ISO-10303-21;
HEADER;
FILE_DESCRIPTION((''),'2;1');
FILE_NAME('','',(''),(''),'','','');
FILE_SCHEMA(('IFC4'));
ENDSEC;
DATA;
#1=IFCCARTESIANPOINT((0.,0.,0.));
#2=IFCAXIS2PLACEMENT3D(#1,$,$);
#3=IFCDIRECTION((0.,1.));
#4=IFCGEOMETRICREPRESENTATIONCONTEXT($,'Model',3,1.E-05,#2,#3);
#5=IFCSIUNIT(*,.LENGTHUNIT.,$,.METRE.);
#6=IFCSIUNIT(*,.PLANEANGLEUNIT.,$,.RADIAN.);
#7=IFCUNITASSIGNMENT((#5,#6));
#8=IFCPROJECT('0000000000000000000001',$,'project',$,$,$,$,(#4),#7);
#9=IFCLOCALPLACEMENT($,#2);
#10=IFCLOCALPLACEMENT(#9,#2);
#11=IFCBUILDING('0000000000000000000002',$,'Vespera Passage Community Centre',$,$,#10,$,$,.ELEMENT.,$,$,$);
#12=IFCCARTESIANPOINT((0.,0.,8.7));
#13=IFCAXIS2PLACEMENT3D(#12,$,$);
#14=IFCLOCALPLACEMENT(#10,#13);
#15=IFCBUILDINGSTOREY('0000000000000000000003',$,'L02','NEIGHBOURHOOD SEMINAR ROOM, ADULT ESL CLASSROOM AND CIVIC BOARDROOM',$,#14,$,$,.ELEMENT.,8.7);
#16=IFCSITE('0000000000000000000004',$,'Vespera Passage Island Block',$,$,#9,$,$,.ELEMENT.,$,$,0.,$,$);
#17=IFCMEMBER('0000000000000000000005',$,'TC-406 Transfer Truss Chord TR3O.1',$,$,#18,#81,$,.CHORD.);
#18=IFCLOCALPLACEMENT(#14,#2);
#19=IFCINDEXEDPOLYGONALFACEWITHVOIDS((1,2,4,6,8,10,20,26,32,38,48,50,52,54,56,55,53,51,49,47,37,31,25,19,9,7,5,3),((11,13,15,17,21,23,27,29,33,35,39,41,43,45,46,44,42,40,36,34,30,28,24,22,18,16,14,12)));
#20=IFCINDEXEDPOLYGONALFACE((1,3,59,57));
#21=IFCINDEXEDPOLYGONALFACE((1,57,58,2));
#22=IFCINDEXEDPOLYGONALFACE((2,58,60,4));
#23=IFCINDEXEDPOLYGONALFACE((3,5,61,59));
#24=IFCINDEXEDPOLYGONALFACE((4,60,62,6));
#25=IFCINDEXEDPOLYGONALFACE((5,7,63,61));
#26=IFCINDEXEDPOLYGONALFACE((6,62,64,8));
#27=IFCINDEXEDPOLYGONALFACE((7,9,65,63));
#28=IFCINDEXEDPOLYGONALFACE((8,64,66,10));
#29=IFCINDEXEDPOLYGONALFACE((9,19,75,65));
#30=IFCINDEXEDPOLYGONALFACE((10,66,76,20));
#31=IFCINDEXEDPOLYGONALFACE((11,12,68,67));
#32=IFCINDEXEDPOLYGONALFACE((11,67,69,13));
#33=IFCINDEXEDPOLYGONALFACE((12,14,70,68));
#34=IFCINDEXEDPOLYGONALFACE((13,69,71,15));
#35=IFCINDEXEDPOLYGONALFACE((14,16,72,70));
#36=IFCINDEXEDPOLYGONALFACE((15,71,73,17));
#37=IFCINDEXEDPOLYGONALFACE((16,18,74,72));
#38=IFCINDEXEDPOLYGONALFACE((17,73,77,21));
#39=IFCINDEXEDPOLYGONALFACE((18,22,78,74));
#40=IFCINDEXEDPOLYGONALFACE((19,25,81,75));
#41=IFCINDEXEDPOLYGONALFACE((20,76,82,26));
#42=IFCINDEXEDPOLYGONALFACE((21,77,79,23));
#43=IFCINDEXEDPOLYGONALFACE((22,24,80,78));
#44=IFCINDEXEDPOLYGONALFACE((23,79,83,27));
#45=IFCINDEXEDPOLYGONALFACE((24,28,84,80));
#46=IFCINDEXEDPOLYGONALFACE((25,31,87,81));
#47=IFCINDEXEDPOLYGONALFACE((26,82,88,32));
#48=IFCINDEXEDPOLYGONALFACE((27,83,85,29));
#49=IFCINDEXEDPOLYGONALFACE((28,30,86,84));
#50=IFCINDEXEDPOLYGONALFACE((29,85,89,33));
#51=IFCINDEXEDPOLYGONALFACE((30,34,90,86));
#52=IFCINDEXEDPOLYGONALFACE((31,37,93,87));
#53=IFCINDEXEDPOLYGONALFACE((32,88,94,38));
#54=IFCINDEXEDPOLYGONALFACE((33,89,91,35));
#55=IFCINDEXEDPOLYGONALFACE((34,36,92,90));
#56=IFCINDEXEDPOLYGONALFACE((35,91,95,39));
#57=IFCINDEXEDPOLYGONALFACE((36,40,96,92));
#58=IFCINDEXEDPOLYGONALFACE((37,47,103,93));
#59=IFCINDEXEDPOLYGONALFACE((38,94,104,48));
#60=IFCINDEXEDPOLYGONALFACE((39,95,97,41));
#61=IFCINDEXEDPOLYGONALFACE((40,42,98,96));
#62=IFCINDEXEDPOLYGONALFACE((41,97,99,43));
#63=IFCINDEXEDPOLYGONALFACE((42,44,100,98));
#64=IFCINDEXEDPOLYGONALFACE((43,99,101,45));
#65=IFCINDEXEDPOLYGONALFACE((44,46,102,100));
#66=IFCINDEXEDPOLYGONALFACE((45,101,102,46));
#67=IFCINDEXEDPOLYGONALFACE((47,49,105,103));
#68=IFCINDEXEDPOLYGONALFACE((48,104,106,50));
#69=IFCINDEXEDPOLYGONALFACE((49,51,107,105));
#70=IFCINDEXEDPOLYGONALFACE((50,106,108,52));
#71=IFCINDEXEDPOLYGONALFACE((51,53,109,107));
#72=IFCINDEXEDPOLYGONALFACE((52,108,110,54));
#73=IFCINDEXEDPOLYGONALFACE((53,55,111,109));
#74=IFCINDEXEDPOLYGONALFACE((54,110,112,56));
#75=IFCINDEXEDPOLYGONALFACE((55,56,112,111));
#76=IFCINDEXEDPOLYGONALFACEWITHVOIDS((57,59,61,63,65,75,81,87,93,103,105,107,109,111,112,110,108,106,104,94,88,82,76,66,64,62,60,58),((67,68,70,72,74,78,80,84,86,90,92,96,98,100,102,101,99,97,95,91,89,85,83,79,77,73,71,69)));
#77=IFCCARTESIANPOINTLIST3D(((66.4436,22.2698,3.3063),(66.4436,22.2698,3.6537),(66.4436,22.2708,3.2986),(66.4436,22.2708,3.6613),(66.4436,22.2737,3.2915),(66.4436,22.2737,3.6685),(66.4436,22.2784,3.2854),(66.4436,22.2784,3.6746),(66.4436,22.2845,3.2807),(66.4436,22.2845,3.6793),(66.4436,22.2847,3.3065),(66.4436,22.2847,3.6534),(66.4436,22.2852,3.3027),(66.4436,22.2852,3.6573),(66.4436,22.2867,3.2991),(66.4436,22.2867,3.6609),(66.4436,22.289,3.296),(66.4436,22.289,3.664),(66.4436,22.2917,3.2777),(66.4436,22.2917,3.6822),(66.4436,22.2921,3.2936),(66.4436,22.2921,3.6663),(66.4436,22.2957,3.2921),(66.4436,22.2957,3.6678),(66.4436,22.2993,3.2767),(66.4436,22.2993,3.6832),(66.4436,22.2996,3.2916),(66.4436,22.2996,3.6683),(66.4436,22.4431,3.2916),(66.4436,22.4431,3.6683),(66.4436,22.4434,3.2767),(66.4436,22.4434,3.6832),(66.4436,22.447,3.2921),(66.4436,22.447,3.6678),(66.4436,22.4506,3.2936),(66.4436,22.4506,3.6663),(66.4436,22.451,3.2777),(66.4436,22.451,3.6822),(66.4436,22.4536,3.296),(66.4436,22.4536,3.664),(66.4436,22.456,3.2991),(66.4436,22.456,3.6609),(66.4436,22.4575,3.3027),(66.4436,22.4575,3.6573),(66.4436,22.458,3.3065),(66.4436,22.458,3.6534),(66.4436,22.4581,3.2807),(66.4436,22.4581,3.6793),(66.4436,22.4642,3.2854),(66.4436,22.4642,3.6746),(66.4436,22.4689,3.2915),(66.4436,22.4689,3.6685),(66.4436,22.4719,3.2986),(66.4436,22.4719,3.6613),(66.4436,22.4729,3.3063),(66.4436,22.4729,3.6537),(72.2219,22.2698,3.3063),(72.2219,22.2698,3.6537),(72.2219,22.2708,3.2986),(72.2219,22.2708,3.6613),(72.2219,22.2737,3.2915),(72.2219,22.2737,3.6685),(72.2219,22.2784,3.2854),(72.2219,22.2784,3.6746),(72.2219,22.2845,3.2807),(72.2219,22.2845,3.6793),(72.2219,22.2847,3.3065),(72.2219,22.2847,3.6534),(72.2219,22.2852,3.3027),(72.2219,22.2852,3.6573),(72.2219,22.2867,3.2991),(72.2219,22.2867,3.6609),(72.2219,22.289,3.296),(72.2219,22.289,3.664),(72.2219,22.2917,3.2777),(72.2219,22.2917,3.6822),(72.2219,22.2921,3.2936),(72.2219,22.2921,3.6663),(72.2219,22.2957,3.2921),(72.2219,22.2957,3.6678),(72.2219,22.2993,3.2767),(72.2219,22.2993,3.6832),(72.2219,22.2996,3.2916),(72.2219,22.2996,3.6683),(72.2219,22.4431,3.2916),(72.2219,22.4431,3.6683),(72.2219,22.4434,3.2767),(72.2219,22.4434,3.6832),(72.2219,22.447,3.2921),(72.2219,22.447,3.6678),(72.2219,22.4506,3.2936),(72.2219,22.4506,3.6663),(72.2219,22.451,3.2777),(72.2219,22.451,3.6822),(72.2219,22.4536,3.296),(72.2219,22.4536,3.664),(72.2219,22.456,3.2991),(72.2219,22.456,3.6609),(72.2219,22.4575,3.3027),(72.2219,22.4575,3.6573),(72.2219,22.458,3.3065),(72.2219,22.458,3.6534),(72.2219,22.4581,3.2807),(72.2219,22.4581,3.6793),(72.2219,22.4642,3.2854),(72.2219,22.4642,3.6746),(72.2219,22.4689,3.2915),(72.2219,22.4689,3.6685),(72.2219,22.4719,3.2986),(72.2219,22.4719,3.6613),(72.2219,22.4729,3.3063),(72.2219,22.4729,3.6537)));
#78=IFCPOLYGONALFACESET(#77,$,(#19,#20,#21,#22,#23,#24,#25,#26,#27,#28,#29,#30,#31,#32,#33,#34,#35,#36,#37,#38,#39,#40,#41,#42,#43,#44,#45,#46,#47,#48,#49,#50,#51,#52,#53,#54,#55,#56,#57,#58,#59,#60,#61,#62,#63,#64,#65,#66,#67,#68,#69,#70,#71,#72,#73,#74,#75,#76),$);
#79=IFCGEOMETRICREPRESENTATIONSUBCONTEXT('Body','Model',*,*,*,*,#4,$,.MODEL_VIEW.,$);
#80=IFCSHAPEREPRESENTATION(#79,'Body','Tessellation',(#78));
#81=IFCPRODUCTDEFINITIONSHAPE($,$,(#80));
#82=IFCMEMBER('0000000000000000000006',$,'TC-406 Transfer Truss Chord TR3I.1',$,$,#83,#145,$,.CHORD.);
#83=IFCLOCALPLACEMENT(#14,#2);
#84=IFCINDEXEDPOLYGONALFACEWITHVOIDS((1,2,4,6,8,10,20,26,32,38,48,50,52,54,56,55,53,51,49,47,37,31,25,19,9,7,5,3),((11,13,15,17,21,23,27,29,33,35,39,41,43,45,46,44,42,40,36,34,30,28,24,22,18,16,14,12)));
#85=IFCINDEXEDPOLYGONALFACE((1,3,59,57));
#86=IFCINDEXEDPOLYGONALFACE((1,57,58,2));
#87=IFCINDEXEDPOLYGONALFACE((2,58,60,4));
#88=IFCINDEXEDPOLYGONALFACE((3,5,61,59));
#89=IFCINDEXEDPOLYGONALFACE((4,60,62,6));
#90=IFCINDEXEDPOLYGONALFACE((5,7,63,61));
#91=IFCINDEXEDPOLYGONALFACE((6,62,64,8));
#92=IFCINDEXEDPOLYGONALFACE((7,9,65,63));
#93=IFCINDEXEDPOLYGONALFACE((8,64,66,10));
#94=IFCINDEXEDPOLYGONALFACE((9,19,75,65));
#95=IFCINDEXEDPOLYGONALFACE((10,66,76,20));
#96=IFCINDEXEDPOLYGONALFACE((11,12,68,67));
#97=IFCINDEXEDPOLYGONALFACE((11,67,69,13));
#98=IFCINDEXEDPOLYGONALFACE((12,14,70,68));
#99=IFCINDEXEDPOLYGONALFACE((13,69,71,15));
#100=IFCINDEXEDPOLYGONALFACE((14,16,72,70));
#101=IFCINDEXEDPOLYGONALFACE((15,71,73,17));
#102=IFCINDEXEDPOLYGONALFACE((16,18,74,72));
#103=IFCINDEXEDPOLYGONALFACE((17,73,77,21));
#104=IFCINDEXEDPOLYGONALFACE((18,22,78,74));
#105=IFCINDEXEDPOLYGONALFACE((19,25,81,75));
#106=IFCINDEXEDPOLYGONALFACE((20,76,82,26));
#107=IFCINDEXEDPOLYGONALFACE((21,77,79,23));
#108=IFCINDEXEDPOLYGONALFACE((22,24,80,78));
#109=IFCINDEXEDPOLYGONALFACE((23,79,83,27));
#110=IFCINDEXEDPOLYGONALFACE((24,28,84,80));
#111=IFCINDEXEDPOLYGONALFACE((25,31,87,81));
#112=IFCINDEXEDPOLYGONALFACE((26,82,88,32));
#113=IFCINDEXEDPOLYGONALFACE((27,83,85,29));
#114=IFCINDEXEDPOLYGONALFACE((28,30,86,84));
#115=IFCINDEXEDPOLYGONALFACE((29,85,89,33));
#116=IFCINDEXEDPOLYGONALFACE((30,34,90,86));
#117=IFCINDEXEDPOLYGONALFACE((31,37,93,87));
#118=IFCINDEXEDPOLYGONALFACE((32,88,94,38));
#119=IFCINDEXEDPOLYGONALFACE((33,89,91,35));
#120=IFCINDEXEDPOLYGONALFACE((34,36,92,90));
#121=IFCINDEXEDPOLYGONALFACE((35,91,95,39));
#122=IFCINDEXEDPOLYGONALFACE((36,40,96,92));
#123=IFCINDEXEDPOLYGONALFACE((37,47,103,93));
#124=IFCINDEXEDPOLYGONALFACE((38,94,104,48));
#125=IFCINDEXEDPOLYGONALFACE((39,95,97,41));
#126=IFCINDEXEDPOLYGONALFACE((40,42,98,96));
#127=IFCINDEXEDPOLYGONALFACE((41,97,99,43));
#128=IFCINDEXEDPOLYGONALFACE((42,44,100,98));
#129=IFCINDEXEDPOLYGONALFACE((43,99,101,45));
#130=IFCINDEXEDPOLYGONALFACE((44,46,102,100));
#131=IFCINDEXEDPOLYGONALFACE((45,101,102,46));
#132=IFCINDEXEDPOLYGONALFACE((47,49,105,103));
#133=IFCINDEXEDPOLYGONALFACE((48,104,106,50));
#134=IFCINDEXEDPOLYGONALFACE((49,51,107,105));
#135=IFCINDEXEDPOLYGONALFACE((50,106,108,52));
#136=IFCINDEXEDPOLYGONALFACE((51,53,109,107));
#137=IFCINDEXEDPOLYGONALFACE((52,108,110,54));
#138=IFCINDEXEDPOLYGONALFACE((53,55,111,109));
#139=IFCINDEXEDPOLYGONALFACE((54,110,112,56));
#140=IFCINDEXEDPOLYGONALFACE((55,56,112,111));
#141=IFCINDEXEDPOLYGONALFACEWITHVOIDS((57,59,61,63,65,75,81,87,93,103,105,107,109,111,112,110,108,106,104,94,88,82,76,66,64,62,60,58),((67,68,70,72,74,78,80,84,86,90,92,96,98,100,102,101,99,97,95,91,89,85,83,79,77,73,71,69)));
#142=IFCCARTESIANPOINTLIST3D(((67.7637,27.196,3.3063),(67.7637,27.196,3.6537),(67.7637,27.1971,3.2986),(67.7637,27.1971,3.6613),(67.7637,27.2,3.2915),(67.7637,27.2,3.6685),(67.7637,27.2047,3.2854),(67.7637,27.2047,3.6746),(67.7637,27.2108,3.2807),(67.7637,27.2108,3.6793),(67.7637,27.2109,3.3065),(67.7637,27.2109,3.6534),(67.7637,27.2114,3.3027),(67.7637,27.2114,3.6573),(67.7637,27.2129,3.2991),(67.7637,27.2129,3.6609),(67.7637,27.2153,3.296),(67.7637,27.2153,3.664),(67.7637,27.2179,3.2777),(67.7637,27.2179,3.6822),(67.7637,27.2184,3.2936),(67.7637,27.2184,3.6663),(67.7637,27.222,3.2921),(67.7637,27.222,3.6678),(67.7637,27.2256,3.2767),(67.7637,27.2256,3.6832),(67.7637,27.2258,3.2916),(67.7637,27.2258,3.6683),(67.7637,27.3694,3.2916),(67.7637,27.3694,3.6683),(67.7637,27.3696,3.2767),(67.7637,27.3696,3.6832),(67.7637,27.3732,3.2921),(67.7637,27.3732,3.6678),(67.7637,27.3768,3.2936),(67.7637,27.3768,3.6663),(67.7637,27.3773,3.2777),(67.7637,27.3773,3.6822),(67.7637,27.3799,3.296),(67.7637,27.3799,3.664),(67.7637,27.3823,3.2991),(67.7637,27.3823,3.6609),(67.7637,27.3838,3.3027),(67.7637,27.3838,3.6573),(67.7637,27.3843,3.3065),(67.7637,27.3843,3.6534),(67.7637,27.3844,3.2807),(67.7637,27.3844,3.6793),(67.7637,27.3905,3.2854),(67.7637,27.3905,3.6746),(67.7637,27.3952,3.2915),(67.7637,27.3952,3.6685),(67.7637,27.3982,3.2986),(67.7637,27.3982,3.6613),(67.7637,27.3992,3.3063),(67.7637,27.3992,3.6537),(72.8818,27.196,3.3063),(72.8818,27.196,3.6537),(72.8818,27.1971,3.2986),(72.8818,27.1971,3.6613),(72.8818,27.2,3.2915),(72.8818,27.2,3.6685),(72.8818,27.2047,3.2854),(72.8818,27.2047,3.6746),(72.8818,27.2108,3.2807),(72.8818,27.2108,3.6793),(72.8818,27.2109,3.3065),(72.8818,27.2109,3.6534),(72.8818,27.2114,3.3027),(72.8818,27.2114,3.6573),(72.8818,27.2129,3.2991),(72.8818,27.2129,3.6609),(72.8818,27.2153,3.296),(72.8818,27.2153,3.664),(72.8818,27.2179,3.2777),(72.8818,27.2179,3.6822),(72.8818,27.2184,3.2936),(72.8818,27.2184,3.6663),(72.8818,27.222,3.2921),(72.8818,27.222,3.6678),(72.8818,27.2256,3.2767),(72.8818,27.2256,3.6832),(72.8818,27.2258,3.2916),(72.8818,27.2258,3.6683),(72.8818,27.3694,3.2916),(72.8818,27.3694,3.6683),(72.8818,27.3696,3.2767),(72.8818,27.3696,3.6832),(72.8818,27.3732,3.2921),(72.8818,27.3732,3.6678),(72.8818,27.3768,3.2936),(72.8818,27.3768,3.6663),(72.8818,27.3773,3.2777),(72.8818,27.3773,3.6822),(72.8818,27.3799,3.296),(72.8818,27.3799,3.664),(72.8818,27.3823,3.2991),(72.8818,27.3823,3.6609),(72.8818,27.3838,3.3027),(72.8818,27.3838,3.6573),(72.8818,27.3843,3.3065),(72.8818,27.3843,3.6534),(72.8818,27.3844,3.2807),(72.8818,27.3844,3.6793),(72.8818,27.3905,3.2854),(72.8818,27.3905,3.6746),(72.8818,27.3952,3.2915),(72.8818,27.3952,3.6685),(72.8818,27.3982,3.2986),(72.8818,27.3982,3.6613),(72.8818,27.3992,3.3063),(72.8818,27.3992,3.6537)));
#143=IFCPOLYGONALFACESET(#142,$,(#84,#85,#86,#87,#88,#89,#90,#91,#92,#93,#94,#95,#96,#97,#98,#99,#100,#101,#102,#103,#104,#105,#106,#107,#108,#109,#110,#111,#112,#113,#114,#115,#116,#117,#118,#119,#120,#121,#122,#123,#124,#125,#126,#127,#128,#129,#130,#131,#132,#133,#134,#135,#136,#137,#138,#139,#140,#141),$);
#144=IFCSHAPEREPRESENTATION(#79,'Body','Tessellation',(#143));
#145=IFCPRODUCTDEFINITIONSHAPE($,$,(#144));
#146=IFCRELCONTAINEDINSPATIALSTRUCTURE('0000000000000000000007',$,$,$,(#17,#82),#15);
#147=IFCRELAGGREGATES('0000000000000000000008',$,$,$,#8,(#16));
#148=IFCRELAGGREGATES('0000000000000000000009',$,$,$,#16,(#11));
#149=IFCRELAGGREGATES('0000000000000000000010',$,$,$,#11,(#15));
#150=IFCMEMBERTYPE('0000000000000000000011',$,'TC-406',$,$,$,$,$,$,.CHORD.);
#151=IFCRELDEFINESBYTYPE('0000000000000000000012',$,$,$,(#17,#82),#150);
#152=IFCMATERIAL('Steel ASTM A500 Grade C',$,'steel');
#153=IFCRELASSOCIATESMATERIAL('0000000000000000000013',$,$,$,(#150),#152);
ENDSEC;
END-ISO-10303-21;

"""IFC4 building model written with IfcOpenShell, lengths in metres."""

from ifc_helpers import new_model, si_unit, direction, frame, origin, origin_2d, place, context, subcontext, project, spatial, hollow_rectangle, extrude, material, material_profile, profile_set, type_object, element, save


model = new_model("IFC4")

# Units and contexts
model_context = context("Model", 3, precision=1e-05, world=origin(), true_north=direction((0.0, 1.0)))
body_context = subcontext(model_context, "Body", "Model", "MODEL_VIEW")
ifc_project = project(units=[si_unit("LENGTHUNIT", "METRE"), si_unit("PLANEANGLEUNIT", "RADIAN")], contexts=[model_context])

# Site, building, storey
site_placement = place(None, origin())
site = spatial("IfcSite", under=ifc_project, at=site_placement, Name="Vespera Passage Island Block", CompositionType="ELEMENT", RefElevation=0.0)
building_placement = place(site_placement, origin())
building = spatial("IfcBuilding", under=site, at=building_placement, Name="Vespera Passage Community Centre", CompositionType="ELEMENT")
storey_placement = place(building_placement, frame((0.0, 0.0, 8.7)))
storey = spatial("IfcBuildingStorey", under=building, at=storey_placement, Name="L02", Description="NEIGHBOURHOOD SEMINAR ROOM, ADULT ESL CLASSROOM AND CIVIC BOARDROOM", CompositionType="ELEMENT", Elevation=8.7)

# Members
ifc_material_1 = material(Name="Steel ASTM A500 Grade C", Category="steel")
ifc_material_profile_1 = material_profile(ifc_material_1, hollow_rectangle(XDim=0.2031, YDim=0.4065, WallThickness=0.0149, InnerFilletRadius=0.0149, OuterFilletRadius=0.0295, at=origin_2d()), Name="HSS406X203X15.9")
ifc_profile_set_1 = profile_set([ifc_material_profile_1], Name="Steel ASTM A500 Grade C")
member_type_1 = type_object("IfcMemberType", Name="TC-406", PredefinedType="CHORD", material=ifc_profile_set_1)
member_1_placement = place(storey_placement, frame((66.4436, 22.3713, 3.48), z_axis=(1.0, 0.0, 0.0), x_axis=(0.0, 1.0, 0.0)))
element("IfcMember", 1, at=member_1_placement, inside=storey, type_object=member_type_1, Name="TC-406 Transfer Truss Chord TR3O.1", PredefinedType="CHORD", context=body_context, shape_type="SweptSolid", body=[
    extrude(hollow_rectangle(XDim=0.2031, YDim=0.4065, WallThickness=0.0149, InnerFilletRadius=0.0149, OuterFilletRadius=0.0295, at=origin_2d()), origin(), (0.0, 0.0, 1.0), 5.7783),
])
member_2_placement = place(storey_placement, frame((67.7637, 27.2976, 3.48), z_axis=(1.0, 0.0, 0.0), x_axis=(0.0, 1.0, 0.0)))
element("IfcMember", 2, at=member_2_placement, inside=storey, type_object=member_type_1, Name="TC-406 Transfer Truss Chord TR3I.1", PredefinedType="CHORD", context=body_context, shape_type="SweptSolid", body=[
    extrude(hollow_rectangle(XDim=0.2031, YDim=0.4065, WallThickness=0.0149, InnerFilletRadius=0.0149, OuterFilletRadius=0.0295, at=origin_2d()), origin(), (0.0, 0.0, 1.0), 5.1182),
])

save(model, "model.ifc")
